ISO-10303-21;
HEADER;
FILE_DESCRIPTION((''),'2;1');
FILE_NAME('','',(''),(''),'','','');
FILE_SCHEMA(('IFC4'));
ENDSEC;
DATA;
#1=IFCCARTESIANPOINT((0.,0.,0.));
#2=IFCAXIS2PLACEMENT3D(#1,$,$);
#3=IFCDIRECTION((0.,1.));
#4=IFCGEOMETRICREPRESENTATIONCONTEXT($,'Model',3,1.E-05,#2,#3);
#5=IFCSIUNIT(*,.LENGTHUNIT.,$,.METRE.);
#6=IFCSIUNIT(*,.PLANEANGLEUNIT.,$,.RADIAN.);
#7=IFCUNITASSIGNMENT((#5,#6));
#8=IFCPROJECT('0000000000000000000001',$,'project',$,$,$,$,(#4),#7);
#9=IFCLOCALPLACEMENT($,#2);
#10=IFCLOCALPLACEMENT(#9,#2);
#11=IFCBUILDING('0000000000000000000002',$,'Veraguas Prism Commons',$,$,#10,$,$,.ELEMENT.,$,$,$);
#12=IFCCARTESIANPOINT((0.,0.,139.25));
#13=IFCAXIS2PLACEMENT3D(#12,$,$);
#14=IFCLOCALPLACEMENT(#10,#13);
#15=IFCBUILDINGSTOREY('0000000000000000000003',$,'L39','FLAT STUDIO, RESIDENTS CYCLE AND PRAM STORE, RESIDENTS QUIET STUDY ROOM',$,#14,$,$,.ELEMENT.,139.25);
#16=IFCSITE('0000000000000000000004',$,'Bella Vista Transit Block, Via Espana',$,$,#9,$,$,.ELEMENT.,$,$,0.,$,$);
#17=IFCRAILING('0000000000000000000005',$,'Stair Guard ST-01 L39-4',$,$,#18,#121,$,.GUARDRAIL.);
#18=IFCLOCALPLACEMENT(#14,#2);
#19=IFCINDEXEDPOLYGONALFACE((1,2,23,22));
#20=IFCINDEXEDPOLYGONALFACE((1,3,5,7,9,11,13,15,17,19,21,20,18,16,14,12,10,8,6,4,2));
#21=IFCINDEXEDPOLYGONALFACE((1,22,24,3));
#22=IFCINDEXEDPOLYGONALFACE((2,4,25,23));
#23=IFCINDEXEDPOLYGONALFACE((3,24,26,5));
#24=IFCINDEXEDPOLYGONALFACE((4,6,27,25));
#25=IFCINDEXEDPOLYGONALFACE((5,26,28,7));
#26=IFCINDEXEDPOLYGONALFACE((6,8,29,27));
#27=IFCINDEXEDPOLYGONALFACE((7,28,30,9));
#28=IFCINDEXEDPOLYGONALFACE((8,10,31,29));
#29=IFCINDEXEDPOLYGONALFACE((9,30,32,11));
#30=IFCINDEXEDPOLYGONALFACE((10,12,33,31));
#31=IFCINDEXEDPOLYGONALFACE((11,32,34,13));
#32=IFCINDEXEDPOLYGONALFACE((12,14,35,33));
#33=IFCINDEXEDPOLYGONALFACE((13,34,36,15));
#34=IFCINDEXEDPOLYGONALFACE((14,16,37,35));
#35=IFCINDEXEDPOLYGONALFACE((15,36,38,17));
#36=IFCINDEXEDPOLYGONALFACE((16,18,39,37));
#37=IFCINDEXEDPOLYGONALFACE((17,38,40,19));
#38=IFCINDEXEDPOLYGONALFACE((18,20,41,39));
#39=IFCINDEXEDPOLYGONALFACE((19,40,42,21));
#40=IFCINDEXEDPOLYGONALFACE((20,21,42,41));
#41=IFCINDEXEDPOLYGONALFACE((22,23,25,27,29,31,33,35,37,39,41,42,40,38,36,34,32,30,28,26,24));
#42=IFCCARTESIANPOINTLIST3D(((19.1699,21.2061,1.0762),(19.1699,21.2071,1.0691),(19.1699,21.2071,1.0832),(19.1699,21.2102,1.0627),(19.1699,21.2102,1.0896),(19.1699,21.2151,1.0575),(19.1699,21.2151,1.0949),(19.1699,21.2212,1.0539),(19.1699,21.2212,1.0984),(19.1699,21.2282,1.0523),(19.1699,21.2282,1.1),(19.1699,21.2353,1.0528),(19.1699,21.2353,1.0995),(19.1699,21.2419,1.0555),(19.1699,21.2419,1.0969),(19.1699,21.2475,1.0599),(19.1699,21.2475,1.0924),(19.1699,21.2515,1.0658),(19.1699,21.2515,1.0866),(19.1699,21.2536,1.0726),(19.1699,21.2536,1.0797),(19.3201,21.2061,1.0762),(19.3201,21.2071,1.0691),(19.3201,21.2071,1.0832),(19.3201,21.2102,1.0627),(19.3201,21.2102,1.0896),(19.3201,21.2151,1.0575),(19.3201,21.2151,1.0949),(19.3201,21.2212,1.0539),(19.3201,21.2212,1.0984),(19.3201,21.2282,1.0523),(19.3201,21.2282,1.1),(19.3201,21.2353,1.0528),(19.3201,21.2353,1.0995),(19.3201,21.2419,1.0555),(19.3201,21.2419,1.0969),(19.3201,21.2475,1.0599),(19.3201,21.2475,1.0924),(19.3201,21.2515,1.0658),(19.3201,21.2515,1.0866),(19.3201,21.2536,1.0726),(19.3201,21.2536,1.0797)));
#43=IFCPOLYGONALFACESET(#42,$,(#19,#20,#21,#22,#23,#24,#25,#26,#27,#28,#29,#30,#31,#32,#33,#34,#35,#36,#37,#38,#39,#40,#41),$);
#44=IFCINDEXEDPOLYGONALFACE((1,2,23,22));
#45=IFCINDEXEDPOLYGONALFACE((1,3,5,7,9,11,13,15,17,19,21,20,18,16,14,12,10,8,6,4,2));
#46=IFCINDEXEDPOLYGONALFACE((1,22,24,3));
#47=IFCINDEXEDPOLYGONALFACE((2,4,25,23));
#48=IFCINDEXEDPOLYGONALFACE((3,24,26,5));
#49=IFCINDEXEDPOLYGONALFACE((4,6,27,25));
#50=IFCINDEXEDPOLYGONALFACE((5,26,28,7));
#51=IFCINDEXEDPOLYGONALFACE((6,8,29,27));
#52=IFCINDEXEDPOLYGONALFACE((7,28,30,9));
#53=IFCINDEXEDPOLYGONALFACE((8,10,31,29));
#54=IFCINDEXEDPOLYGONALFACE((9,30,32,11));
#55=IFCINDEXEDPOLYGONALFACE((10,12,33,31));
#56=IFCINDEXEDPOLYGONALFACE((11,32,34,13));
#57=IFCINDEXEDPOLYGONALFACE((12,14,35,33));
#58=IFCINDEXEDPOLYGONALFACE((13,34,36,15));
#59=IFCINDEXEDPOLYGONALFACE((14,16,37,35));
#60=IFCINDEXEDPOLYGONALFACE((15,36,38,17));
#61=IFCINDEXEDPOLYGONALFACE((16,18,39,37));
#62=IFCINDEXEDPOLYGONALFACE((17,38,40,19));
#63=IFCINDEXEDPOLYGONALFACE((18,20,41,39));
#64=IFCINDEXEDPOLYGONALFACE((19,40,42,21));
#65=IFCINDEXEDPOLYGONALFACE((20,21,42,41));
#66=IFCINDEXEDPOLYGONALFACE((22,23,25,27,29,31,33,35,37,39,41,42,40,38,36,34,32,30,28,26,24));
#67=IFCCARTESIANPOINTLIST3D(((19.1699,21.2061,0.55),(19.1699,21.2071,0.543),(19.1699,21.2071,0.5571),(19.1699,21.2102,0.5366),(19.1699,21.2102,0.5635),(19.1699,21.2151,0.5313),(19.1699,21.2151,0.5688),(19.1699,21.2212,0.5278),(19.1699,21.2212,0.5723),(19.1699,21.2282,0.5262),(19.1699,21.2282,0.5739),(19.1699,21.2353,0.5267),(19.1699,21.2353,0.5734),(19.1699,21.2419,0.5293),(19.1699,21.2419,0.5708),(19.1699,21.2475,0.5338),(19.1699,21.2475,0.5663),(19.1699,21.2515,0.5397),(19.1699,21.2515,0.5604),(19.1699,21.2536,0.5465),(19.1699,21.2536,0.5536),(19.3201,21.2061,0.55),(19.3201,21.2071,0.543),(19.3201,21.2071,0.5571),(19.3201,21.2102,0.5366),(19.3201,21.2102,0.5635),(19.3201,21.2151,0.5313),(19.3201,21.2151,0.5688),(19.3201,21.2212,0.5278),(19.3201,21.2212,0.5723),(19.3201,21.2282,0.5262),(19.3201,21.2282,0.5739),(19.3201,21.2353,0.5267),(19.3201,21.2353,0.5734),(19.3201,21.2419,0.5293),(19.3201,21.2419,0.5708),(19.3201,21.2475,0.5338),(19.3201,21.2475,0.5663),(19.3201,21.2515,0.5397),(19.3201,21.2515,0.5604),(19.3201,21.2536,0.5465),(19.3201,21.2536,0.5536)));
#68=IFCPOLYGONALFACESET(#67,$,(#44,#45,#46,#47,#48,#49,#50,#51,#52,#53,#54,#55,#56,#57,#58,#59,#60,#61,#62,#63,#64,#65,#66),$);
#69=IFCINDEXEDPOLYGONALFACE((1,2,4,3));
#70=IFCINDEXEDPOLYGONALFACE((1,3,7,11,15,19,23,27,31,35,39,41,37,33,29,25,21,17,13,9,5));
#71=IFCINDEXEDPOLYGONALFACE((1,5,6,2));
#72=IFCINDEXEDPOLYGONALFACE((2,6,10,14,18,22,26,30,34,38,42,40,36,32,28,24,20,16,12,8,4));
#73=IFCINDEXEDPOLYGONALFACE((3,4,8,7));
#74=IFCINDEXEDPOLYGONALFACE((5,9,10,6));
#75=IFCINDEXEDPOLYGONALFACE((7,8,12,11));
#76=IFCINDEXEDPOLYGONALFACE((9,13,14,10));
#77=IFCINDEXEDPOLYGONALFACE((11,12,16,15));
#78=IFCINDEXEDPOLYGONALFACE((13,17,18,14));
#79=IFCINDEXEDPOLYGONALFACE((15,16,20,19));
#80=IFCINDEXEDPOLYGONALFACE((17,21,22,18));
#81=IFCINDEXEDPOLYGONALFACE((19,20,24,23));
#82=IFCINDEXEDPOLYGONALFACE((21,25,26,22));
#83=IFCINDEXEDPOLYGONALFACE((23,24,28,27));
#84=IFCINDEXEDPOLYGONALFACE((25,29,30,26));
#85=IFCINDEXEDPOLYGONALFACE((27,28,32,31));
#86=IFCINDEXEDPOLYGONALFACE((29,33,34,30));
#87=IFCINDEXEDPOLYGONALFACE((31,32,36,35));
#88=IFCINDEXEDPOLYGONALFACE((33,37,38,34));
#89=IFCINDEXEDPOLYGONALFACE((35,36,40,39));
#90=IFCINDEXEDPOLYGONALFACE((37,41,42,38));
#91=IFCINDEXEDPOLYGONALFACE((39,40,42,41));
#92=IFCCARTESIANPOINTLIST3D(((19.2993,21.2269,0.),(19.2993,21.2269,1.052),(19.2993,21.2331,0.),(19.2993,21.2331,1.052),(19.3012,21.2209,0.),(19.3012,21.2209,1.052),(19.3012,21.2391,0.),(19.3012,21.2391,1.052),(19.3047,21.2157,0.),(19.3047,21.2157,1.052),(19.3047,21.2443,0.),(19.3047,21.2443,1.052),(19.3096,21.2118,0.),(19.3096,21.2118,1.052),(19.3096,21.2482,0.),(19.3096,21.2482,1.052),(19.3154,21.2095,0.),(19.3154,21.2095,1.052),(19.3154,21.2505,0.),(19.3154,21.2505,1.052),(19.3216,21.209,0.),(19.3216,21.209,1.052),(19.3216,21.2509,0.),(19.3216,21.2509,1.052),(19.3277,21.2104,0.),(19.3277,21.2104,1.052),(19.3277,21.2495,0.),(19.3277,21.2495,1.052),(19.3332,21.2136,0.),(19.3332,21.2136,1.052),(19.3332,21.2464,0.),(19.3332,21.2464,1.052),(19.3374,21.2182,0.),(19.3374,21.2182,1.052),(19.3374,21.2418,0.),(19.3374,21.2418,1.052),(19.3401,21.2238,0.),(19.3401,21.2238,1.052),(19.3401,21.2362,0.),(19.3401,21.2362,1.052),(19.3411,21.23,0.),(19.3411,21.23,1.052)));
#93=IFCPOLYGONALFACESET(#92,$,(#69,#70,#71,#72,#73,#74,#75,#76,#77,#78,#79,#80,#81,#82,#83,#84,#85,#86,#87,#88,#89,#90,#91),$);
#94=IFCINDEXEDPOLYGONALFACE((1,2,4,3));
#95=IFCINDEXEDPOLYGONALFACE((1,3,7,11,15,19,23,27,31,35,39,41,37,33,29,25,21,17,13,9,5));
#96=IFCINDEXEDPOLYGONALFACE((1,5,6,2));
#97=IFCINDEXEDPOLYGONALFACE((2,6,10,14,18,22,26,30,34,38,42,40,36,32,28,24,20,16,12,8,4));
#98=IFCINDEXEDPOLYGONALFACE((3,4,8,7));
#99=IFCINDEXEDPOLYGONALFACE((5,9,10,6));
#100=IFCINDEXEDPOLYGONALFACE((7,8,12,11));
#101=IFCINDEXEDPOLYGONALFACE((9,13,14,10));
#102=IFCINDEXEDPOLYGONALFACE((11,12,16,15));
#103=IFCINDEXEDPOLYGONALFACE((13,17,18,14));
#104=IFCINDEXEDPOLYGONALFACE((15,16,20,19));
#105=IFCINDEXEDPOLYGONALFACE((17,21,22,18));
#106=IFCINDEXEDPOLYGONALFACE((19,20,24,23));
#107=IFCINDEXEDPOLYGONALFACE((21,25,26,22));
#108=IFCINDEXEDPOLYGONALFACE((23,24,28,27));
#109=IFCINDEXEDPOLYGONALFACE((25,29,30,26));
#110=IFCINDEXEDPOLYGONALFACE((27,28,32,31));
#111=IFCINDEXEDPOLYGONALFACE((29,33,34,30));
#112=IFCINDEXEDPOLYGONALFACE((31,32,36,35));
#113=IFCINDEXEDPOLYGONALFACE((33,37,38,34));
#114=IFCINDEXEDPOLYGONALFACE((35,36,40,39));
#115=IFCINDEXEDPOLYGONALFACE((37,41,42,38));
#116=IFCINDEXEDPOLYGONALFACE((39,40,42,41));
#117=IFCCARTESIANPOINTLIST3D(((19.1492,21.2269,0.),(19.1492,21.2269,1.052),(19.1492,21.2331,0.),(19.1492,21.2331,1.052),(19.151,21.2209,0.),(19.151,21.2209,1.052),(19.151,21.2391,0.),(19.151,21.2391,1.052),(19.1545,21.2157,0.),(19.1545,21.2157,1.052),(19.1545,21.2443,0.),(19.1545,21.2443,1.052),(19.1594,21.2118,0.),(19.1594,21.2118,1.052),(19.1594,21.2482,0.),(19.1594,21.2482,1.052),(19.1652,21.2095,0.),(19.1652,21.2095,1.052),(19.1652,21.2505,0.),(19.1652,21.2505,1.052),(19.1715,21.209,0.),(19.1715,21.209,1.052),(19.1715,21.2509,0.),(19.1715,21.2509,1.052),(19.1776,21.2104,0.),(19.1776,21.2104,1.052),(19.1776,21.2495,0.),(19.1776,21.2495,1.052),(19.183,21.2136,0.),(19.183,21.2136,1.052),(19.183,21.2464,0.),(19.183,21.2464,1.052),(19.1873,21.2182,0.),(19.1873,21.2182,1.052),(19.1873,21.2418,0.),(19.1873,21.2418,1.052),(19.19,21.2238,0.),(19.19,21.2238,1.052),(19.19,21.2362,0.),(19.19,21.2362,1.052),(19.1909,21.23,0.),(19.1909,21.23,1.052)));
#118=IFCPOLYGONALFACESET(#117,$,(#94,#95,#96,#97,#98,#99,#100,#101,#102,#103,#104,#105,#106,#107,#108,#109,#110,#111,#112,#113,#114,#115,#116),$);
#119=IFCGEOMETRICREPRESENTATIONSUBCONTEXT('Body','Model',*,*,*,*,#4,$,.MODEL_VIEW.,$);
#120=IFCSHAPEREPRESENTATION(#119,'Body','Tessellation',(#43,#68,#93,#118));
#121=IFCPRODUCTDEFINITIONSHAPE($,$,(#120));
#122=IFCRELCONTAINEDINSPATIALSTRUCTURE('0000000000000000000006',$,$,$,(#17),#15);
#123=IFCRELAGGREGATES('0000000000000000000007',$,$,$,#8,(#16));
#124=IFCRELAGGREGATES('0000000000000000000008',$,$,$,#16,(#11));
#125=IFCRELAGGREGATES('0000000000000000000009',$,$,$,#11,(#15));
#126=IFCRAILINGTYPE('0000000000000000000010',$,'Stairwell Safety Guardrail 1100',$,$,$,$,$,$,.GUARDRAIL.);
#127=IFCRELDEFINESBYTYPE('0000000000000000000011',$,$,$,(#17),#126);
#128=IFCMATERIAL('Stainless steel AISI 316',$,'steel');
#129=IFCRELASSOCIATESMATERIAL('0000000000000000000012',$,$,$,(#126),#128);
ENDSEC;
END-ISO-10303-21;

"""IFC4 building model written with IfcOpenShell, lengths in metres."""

from ifc_helpers import new_model, si_unit, direction, frame, origin, origin_2d, place, context, subcontext, project, spatial, circle, extrude, material, type_object, element, save


model = new_model("IFC4")

# Units and contexts
model_context = context("Model", 3, precision=1e-05, world=origin(), true_north=direction((0.0, 1.0)))
body_context = subcontext(model_context, "Body", "Model", "MODEL_VIEW")
ifc_project = project(units=[si_unit("LENGTHUNIT", "METRE"), si_unit("PLANEANGLEUNIT", "RADIAN")], contexts=[model_context])

# Site, building, storey
site_placement = place(None, origin())
site = spatial("IfcSite", under=ifc_project, at=site_placement, Name="Bella Vista Transit Block, Via Espana", CompositionType="ELEMENT", RefElevation=0.0)
building_placement = place(site_placement, origin())
building = spatial("IfcBuilding", under=site, at=building_placement, Name="Veraguas Prism Commons", CompositionType="ELEMENT")
storey_placement = place(building_placement, frame((0.0, 0.0, 139.25)))
storey = spatial("IfcBuildingStorey", under=building, at=storey_placement, Name="L39", Description="FLAT STUDIO, RESIDENTS CYCLE AND PRAM STORE, RESIDENTS QUIET STUDY ROOM", CompositionType="ELEMENT", Elevation=139.25)

# Railing
ifc_material_1 = material(Name="Stainless steel AISI 316", Category="steel")
railing_type_1 = type_object("IfcRailingType", Name="Stairwell Safety Guardrail 1100", PredefinedType="GUARDRAIL", material=ifc_material_1)
railing_1_placement = place(storey_placement, frame((19.3201, 21.23, 0.0)))
element("IfcRailing", 1, at=railing_1_placement, inside=storey, type_object=railing_type_1, Name="Stair Guard ST-01 L39-4", PredefinedType="GUARDRAIL", context=body_context, shape_type="SweptSolid", body=[
    extrude(circle(Radius=0.0239, at=origin_2d()), frame((0.0, 0.0, 1.0762), z_axis=(-1.0, 0.0, 0.0), x_axis=(0.0, -1.0, 0.0)), (0.0, 0.0, 1.0), 0.1501),
    extrude(circle(Radius=0.0239, at=origin_2d()), frame((0.0, 0.0, 0.55), z_axis=(-1.0, 0.0, 0.0), x_axis=(0.0, -1.0, 0.0)), (0.0, 0.0, 1.0), 0.1501),
    extrude(circle(Radius=0.021, at=origin_2d()), origin(), (0.0, 0.0, 1.0), 1.052),
    extrude(circle(Radius=0.021, at=origin_2d()), frame((-0.1501, 0.0, 0.0)), (0.0, 0.0, 1.0), 1.052),
])

save(model, "model.ifc")
